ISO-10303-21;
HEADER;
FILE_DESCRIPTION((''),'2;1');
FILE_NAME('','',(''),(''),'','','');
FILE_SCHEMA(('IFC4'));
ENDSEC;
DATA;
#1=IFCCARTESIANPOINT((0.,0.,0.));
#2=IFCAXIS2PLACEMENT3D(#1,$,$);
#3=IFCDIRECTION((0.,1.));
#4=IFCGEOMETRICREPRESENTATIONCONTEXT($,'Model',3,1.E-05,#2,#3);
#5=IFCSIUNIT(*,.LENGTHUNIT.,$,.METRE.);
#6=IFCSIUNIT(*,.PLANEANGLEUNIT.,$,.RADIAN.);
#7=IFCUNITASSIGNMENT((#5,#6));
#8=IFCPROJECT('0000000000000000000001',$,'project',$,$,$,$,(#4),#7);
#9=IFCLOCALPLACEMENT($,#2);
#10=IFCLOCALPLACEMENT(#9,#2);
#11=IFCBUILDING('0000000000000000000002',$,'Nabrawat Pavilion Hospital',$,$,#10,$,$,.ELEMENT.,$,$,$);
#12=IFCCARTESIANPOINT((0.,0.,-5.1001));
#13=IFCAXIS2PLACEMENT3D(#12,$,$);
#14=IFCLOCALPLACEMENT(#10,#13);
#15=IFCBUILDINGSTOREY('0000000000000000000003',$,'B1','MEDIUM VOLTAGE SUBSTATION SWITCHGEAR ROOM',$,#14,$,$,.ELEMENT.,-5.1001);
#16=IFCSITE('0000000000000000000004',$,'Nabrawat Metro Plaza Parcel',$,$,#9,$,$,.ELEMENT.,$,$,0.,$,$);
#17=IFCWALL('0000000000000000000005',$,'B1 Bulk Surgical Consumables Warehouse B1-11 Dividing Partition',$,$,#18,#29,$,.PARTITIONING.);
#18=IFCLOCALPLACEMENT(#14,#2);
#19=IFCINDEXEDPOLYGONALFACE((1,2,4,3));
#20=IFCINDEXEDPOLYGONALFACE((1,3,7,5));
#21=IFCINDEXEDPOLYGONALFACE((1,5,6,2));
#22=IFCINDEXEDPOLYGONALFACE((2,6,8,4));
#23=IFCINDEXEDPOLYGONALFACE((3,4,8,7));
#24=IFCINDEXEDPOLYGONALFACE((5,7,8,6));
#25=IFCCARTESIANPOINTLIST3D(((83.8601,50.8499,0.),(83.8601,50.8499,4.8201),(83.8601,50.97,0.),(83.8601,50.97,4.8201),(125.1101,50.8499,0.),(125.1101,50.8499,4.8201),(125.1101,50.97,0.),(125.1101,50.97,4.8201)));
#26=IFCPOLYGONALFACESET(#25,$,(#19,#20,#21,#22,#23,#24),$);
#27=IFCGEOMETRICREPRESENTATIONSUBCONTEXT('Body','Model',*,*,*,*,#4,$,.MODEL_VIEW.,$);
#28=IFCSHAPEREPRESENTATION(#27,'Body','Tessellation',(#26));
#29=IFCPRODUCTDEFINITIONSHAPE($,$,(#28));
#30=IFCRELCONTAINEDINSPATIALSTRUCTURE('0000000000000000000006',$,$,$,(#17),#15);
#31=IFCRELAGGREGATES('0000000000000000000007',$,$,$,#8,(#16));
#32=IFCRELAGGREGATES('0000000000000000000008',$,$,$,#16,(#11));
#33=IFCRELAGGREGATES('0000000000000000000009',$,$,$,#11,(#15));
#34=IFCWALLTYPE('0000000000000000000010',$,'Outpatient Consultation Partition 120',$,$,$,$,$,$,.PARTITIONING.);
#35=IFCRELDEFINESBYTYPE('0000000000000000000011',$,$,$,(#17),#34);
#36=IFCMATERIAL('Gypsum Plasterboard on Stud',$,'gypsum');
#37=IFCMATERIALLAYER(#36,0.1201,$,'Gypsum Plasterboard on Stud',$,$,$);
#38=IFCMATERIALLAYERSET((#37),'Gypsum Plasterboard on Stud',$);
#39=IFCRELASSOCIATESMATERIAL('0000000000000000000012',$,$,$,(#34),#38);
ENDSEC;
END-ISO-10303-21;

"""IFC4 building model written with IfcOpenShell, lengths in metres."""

from ifc_helpers import new_model, si_unit, direction, frame, frame_2d, origin, place, context, subcontext, project, spatial, rectangle, extrude, material, layer, layer_set, type_object, element, save


model = new_model("IFC4")

# Units and contexts
model_context = context("Model", 3, precision=1e-05, world=origin(), true_north=direction((0.0, 1.0)))
body_context = subcontext(model_context, "Body", "Model", "MODEL_VIEW")
ifc_project = project(units=[si_unit("LENGTHUNIT", "METRE"), si_unit("PLANEANGLEUNIT", "RADIAN")], contexts=[model_context])

# Site, building, storey
site_placement = place(None, origin())
site = spatial("IfcSite", under=ifc_project, at=site_placement, Name="Nabrawat Metro Plaza Parcel", CompositionType="ELEMENT", RefElevation=0.0)
building_placement = place(site_placement, origin())
building = spatial("IfcBuilding", under=site, at=building_placement, Name="Nabrawat Pavilion Hospital", CompositionType="ELEMENT")
storey_placement = place(building_placement, frame((0.0, 0.0, -5.1001)))
storey = spatial("IfcBuildingStorey", under=building, at=storey_placement, Name="B1", Description="MEDIUM VOLTAGE SUBSTATION SWITCHGEAR ROOM", CompositionType="ELEMENT", Elevation=-5.1001)

# Wall
ifc_material_1 = material(Name="Gypsum Plasterboard on Stud", Category="gypsum")
ifc_layer_1 = layer(ifc_material_1, 0.1201, Name="Gypsum Plasterboard on Stud")
ifc_layer_set_1 = layer_set([ifc_layer_1], Name="Gypsum Plasterboard on Stud")
wall_type_1 = type_object("IfcWallType", Name="Outpatient Consultation Partition 120", PredefinedType="PARTITIONING", material=ifc_layer_set_1)
wall_1_placement = place(storey_placement, frame((83.8601, 50.9099, 0.0), z_axis=(0.0, 0.0, 1.0), x_axis=(1.0, 0.0, 0.0)))
element("IfcWall", 1, at=wall_1_placement, inside=storey, type_object=wall_type_1, Name="B1 Bulk Surgical Consumables Warehouse B1-11 Dividing Partition", PredefinedType="PARTITIONING", context=body_context, shape_type="SweptSolid", body=[
    extrude(rectangle(XDim=41.25, YDim=0.1201, at=frame_2d((20.625, 0.0))), origin(), (0.0, 0.0, 1.0), 4.8201),
])

save(model, "model.ifc")
